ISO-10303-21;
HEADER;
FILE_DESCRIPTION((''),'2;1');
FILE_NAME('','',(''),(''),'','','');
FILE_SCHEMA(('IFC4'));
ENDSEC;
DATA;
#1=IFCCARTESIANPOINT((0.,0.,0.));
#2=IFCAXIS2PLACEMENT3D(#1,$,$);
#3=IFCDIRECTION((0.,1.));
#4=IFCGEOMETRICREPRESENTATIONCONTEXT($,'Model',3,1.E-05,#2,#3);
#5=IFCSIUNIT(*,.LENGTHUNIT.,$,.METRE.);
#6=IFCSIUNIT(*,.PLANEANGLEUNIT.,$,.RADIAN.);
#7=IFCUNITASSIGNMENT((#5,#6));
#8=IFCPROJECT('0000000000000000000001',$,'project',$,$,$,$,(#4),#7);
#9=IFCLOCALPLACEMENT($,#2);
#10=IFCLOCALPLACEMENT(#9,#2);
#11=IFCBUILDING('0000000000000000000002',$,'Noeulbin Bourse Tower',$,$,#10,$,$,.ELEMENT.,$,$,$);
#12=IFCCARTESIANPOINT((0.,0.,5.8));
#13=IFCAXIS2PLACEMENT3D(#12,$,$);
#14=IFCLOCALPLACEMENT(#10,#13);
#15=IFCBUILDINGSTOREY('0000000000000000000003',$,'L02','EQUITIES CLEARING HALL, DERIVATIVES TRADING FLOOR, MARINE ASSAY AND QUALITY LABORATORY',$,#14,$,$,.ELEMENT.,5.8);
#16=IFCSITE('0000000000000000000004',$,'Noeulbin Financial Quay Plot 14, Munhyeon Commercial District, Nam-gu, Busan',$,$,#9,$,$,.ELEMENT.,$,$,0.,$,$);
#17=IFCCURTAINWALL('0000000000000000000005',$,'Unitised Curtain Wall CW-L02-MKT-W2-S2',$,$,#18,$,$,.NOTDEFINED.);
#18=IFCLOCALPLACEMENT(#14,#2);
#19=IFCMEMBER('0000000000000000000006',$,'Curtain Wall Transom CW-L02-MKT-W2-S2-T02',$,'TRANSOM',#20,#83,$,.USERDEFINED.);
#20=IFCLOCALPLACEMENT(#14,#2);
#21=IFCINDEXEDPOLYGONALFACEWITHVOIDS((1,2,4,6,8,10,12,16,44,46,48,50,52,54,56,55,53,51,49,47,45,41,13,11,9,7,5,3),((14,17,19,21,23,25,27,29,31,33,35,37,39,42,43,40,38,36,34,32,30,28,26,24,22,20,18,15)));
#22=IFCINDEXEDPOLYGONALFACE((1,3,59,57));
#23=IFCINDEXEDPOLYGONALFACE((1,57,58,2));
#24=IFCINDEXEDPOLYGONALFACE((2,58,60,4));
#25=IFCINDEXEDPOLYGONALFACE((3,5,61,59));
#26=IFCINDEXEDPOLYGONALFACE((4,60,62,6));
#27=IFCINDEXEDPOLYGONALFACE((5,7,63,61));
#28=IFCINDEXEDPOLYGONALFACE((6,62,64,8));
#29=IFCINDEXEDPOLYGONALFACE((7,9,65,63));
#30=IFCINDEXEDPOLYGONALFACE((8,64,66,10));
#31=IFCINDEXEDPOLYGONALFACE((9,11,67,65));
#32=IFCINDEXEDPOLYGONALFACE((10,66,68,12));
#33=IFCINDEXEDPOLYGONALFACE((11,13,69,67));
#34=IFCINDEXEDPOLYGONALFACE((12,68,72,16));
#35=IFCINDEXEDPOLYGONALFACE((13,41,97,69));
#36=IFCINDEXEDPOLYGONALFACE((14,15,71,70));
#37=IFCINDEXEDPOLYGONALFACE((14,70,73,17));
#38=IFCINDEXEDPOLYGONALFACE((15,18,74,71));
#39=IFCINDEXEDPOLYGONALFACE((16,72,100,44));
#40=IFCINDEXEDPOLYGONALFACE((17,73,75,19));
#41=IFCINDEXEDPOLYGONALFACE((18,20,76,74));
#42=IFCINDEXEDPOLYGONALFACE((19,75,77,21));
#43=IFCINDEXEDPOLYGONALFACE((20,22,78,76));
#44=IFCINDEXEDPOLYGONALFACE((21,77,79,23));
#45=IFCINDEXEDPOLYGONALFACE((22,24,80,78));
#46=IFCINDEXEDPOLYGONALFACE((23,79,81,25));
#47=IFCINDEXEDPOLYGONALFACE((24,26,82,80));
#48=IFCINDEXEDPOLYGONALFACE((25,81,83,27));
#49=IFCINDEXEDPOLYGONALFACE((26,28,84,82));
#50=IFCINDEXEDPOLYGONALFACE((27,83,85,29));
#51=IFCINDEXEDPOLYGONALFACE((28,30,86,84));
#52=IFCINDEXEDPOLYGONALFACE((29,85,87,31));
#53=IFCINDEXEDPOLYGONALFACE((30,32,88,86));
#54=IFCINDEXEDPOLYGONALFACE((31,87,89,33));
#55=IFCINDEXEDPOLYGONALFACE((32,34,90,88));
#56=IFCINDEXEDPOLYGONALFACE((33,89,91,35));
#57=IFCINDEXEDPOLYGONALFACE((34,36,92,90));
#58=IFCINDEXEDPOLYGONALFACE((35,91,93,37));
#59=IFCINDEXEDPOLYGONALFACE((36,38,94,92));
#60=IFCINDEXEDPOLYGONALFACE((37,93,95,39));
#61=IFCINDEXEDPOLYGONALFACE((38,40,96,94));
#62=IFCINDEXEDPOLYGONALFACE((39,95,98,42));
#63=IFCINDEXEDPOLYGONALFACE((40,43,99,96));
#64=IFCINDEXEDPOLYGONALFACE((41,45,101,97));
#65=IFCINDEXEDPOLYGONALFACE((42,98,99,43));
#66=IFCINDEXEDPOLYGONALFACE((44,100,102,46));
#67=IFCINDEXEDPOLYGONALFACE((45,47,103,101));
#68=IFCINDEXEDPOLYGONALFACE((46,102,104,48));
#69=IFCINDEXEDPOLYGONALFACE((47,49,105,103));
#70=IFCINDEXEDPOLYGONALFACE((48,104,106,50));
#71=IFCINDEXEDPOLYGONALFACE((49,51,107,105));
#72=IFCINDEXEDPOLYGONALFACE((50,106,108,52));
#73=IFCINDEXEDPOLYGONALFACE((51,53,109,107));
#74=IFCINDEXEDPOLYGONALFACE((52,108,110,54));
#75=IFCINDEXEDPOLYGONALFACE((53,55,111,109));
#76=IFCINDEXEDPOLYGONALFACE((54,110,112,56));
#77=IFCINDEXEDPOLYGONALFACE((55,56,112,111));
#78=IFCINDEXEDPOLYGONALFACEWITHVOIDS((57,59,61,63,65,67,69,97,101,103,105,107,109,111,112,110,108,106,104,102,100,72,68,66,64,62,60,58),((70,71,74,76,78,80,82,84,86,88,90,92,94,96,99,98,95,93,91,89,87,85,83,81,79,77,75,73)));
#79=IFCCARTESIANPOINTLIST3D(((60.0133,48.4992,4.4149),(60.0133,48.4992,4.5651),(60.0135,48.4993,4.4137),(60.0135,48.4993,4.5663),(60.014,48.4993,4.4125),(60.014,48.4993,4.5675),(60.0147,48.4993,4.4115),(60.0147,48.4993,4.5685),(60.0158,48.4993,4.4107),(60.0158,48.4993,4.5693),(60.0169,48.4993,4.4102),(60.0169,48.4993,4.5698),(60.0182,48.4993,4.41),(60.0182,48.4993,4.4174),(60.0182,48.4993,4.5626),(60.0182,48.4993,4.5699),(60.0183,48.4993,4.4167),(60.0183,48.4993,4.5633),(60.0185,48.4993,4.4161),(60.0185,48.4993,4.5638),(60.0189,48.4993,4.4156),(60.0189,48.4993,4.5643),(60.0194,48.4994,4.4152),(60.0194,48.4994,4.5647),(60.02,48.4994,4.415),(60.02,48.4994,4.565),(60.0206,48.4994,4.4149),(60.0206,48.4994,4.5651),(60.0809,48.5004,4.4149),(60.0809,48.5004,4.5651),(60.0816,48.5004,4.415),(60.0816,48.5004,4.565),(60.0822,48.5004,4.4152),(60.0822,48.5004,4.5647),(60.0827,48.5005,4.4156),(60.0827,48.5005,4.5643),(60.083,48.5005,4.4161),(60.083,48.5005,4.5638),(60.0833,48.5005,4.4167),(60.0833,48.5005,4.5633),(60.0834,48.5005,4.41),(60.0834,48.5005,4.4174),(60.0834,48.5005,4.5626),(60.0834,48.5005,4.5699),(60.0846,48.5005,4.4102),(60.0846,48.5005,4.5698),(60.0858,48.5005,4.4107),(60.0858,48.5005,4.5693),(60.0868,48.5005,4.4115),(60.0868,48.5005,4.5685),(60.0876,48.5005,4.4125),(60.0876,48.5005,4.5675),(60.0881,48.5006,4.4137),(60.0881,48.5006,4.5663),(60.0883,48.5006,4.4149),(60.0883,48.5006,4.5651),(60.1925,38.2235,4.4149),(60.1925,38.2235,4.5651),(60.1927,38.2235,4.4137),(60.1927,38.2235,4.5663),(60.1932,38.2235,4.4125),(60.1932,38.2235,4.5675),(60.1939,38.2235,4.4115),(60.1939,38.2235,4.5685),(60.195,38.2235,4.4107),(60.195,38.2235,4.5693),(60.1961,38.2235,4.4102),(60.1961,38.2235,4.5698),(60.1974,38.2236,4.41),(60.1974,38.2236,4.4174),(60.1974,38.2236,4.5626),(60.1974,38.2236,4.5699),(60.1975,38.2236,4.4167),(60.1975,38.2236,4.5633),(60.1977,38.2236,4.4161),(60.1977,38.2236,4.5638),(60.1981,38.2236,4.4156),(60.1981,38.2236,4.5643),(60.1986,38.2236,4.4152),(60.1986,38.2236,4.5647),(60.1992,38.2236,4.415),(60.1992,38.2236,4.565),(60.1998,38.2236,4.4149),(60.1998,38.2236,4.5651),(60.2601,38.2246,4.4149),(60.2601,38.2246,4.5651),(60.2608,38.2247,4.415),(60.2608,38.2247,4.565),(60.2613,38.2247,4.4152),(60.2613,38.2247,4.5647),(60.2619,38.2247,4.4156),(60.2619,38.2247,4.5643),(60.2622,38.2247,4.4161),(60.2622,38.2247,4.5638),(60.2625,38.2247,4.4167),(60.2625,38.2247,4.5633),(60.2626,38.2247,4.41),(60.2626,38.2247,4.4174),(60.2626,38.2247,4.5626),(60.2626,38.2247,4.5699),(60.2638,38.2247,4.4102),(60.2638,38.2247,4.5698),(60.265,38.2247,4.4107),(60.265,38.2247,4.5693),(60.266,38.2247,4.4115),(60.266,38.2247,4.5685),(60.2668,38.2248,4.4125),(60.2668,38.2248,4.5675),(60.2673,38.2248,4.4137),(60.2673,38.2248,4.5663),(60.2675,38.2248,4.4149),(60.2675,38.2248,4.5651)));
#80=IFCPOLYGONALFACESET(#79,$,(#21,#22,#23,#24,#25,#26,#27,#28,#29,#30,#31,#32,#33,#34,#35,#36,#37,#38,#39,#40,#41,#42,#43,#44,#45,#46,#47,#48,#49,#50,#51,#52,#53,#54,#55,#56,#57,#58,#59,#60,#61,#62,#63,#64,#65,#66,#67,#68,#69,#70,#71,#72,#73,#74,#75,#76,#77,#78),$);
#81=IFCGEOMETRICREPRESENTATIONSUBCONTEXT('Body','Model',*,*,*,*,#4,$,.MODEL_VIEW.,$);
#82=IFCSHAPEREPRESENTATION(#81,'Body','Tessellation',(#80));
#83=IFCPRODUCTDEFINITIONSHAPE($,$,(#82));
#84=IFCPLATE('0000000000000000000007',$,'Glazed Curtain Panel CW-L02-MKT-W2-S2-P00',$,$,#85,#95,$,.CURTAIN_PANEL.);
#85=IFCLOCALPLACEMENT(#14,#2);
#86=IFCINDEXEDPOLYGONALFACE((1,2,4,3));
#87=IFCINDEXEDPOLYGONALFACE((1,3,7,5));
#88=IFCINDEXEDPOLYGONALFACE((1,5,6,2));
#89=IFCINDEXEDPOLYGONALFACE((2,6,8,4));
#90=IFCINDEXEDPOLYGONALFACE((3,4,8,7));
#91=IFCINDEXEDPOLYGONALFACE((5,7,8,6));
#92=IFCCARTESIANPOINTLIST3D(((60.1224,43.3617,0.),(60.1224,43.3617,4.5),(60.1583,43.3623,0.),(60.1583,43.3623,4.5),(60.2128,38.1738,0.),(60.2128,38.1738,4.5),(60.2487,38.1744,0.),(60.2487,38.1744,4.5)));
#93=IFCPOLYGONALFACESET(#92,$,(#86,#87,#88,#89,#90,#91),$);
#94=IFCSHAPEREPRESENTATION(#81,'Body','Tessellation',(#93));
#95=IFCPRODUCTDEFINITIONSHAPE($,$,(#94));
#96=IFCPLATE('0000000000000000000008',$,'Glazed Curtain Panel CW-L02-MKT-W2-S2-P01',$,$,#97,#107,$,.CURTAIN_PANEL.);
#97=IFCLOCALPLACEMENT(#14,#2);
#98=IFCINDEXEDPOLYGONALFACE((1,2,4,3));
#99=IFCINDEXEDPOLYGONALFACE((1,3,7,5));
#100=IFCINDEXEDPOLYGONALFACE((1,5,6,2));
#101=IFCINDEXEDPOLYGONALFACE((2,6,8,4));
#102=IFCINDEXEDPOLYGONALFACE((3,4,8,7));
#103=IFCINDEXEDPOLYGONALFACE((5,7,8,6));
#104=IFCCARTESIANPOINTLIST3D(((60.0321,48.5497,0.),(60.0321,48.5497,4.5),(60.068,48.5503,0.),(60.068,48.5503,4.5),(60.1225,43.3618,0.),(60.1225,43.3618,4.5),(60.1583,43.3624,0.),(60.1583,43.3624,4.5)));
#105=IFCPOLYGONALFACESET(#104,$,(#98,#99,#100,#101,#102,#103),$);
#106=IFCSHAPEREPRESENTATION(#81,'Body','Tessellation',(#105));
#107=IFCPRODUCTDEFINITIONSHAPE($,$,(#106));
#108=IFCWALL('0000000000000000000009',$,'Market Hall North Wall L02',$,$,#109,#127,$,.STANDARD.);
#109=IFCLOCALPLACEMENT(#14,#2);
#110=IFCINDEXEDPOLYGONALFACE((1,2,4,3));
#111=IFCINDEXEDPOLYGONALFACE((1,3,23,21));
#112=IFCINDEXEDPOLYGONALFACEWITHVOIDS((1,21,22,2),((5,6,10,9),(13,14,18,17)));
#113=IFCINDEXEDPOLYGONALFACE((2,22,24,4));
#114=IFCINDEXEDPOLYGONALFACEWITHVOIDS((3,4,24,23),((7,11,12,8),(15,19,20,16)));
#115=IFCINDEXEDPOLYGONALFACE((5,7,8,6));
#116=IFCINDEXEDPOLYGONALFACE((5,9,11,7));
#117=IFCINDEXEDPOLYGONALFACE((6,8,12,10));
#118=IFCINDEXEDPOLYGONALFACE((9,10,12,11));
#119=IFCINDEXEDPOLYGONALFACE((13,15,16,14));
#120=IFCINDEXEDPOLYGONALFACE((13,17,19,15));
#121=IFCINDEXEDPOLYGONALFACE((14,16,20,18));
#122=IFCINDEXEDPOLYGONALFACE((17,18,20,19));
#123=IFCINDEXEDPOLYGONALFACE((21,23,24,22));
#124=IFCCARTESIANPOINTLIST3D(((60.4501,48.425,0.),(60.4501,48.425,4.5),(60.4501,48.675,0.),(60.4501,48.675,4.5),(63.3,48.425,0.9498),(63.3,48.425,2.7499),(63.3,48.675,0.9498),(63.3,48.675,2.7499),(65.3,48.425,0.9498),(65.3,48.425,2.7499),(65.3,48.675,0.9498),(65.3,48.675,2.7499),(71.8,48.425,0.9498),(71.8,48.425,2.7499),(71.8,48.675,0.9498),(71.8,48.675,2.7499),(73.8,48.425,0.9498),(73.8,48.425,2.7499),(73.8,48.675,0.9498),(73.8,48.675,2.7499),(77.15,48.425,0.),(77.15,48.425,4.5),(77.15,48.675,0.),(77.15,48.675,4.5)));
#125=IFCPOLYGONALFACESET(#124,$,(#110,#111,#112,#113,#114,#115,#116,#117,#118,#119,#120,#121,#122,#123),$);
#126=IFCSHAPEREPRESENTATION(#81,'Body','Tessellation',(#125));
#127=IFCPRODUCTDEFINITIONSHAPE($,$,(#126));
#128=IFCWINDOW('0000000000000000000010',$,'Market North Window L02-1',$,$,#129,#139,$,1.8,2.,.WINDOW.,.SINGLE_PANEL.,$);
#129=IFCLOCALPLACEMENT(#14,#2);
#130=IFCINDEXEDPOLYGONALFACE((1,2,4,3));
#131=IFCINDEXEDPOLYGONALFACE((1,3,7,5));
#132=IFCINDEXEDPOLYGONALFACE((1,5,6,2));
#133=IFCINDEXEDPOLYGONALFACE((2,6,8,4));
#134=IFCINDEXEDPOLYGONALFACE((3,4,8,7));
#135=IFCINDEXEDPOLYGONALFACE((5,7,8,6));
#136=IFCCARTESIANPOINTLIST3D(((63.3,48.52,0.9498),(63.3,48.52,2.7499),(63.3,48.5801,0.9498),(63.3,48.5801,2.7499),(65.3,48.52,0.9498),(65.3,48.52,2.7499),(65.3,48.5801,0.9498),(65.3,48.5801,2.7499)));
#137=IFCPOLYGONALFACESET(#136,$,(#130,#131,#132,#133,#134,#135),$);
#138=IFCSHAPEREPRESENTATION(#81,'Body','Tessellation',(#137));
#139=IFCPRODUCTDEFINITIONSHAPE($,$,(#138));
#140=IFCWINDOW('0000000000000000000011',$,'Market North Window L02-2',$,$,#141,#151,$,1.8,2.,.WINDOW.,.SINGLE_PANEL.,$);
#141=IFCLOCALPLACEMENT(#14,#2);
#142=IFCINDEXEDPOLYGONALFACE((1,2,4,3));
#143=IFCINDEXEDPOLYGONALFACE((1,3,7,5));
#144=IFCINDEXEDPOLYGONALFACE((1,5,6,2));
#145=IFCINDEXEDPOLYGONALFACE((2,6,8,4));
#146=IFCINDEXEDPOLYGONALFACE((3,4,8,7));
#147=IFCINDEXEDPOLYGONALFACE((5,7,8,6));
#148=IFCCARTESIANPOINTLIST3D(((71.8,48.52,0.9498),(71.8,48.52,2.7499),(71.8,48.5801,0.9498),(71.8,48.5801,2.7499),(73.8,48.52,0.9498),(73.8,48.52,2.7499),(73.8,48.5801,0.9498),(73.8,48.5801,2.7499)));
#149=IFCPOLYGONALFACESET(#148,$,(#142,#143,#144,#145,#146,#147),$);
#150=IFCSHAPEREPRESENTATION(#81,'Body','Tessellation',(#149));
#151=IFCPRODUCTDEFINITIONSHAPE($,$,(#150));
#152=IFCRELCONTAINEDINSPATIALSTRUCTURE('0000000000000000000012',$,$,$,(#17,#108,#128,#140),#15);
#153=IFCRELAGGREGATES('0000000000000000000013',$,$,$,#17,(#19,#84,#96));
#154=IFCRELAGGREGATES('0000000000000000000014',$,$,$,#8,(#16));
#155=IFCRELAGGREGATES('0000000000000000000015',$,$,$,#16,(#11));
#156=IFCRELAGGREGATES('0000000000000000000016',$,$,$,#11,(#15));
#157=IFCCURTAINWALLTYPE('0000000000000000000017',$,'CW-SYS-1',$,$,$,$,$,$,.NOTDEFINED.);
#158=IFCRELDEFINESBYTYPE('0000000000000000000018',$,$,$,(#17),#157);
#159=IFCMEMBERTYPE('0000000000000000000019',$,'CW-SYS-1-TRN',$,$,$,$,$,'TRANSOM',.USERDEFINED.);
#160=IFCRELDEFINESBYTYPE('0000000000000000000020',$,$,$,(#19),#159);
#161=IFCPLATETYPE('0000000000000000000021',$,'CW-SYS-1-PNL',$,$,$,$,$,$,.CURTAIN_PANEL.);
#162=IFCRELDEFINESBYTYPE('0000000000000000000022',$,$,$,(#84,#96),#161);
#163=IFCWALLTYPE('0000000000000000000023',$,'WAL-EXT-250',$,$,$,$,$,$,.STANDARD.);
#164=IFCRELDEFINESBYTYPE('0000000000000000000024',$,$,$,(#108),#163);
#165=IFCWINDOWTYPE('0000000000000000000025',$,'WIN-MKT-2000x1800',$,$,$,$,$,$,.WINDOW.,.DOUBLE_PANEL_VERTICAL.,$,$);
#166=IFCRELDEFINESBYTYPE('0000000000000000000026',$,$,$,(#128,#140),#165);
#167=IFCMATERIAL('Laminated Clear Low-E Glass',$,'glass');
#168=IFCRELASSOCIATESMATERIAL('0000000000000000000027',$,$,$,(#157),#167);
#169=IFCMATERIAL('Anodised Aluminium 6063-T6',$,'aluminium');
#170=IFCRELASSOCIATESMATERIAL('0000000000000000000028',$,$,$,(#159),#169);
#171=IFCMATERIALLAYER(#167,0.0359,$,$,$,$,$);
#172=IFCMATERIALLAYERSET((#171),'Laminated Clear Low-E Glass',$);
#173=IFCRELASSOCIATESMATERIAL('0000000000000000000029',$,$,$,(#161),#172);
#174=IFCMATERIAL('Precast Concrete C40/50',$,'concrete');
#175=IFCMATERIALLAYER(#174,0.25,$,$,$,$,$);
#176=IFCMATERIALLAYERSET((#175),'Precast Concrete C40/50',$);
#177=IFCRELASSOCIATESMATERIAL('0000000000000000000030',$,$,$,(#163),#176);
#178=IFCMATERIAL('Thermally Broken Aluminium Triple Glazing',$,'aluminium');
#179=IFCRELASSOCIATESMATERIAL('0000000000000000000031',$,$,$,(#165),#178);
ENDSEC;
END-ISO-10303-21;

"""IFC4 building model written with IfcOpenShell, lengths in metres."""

from ifc_helpers import new_model, si_unit, direction, frame, frame_2d, origin, origin_2d, place, context, subcontext, project, spatial, rectangle, hollow_rectangle, extrude, material, layer, layer_set, material_profile, profile_set, type_object, element, fill, aggregate, save


model = new_model("IFC4")

# Units and contexts
model_context = context("Model", 3, precision=1e-05, world=origin(), true_north=direction((0.0, 1.0)))
body_context = subcontext(model_context, "Body", "Model", "MODEL_VIEW")
ifc_project = project(units=[si_unit("LENGTHUNIT", "METRE"), si_unit("PLANEANGLEUNIT", "RADIAN")], contexts=[model_context])

# Site, building, storey
site_placement = place(None, origin())
site = spatial("IfcSite", under=ifc_project, at=site_placement, Name="Noeulbin Financial Quay Plot 14, Munhyeon Commercial District, Nam-gu, Busan", CompositionType="ELEMENT", RefElevation=0.0)
building_placement = place(site_placement, origin())
building = spatial("IfcBuilding", under=site, at=building_placement, Name="Noeulbin Bourse Tower", CompositionType="ELEMENT")
storey_placement = place(building_placement, frame((0.0, 0.0, 5.8)))
storey = spatial("IfcBuildingStorey", under=building, at=storey_placement, Name="L02", Description="EQUITIES CLEARING HALL, DERIVATIVES TRADING FLOOR, MARINE ASSAY AND QUALITY LABORATORY", CompositionType="ELEMENT", Elevation=5.8)

# Shared definitions
ifc_material_1 = material(Name="Laminated Clear Low-E Glass", Category="glass")
curtain_wall_type = type_object("IfcCurtainWallType", Name="CW-SYS-1", PredefinedType="NOTDEFINED", material=ifc_material_1)
ifc_material_2 = material(Name="Anodised Aluminium 6063-T6", Category="aluminium")

# Curtain wall, member, plates
curtain_wall_1_placement = place(storey_placement, origin())
curtain_wall_1 = element("IfcCurtainWall", 1, at=curtain_wall_1_placement, inside=storey, type_object=curtain_wall_type, Name="Unitised Curtain Wall CW-L02-MKT-W2-S2", PredefinedType="NOTDEFINED")
ifc_material_profile_1 = material_profile(ifc_material_2, hollow_rectangle(XDim=0.075, YDim=0.1599, WallThickness=0.0049, InnerFilletRadius=0.0024, OuterFilletRadius=0.0049, at=origin_2d()), Name="ALU-TRAN-75x160x5", Category="LoadBearing")
ifc_profile_set_1 = profile_set([ifc_material_profile_1], Name="Anodised Aluminium 6063-T6")
member_type_1 = type_object("IfcMemberType", Name="CW-SYS-1-TRN", ElementType="TRANSOM", PredefinedType="USERDEFINED", material=ifc_profile_set_1)
member_1_placement = place(storey_placement, frame((60.23, 38.2241, 4.49), z_axis=(-0.017436, 0.999848, 0.0), x_axis=(-0.999848, -0.017436, 0.0)))
member_1 = element("IfcMember", 2, at=member_1_placement, type_object=member_type_1, Name="Curtain Wall Transom CW-L02-MKT-W2-S2-T02", ObjectType="TRANSOM", PredefinedType="USERDEFINED", context=body_context, shape_type="SweptSolid", body=[
    extrude(hollow_rectangle(XDim=0.075, YDim=0.1599, WallThickness=0.0049, InnerFilletRadius=0.0024, OuterFilletRadius=0.0049, at=origin_2d()), origin(), (0.0, 0.0, 1.0), 10.2773),
])
ifc_layer_1 = layer(ifc_material_1, 0.0359)
ifc_layer_set_1 = layer_set([ifc_layer_1], Name="Laminated Clear Low-E Glass")
plate_type = type_object("IfcPlateType", Name="CW-SYS-1-PNL", PredefinedType="CURTAIN_PANEL", material=ifc_layer_set_1)
plate_1_placement = place(storey_placement, frame((60.1855, 40.7681, 0.0), z_axis=(0.0, 0.0, 1.0), x_axis=(-0.017418, 0.999848, 0.0)))
plate_1 = element("IfcPlate", 3, at=plate_1_placement, type_object=plate_type, Name="Glazed Curtain Panel CW-L02-MKT-W2-S2-P00", PredefinedType="CURTAIN_PANEL", context=body_context, shape_type="SweptSolid", body=[
    extrude(rectangle(XDim=5.1887, YDim=0.0359, at=origin_2d()), origin(), (0.0, 0.0, 1.0), 4.5),
])
plate_2_placement = place(storey_placement, frame((60.0952, 45.9561, 0.0), z_axis=(0.0, 0.0, 1.0), x_axis=(-0.017418, 0.999848, 0.0)))
plate_2 = element("IfcPlate", 4, at=plate_2_placement, type_object=plate_type, Name="Glazed Curtain Panel CW-L02-MKT-W2-S2-P01", PredefinedType="CURTAIN_PANEL", context=body_context, shape_type="SweptSolid", body=[
    extrude(rectangle(XDim=5.1887, YDim=0.0359, at=origin_2d()), origin(), (0.0, 0.0, 1.0), 4.5),
])
aggregate(curtain_wall_1, [member_1, plate_1, plate_2])

# Wall, openings, windows
ifc_material_3 = material(Name="Precast Concrete C40/50", Category="concrete")
ifc_layer_2 = layer(ifc_material_3, 0.25)
ifc_layer_set_2 = layer_set([ifc_layer_2], Name="Precast Concrete C40/50")
wall_type = type_object("IfcWallType", Name="WAL-EXT-250", PredefinedType="STANDARD", material=ifc_layer_set_2)
wall_placement = place(storey_placement, frame((60.45, 48.55, 0.0), z_axis=(0.0, 0.0, 1.0), x_axis=(1.0, 0.0, 0.0)))
wall = element("IfcWall", 5, at=wall_placement, inside=storey, type_object=wall_type, Name="Market Hall North Wall L02", PredefinedType="STANDARD", context=body_context, shape_type="SweptSolid", body=[
    extrude(rectangle(XDim=16.7, YDim=0.25, at=frame_2d((8.3501, 0.0))), origin(), (0.0, 0.0, 1.0), 4.5),
])
opening_1_placement = place(wall_placement, frame((2.8501, 0.0, 0.95)))
opening_1 = element("IfcOpeningElement", 6, at=opening_1_placement, cuts=wall, PredefinedType="OPENING", context=body_context, shape_type="SweptSolid", body=[
    extrude(rectangle(XDim=2.0, YDim=1.8, at=frame_2d((1.0, 0.8999))), frame((0.0, 0.135, 0.0), z_axis=(0.0, -1.0, 0.0), x_axis=(1.0, 0.0, 0.0)), (0.0, 0.0, 1.0), 0.27),
])
opening_2_placement = place(wall_placement, frame((11.3501, 0.0, 0.95)))
opening_2 = element("IfcOpeningElement", 7, at=opening_2_placement, cuts=wall, PredefinedType="OPENING", context=body_context, shape_type="SweptSolid", body=[
    extrude(rectangle(XDim=2.0, YDim=1.8, at=frame_2d((1.0, 0.8999))), frame((0.0, 0.135, 0.0), z_axis=(0.0, -1.0, 0.0), x_axis=(1.0, 0.0, 0.0)), (0.0, 0.0, 1.0), 0.27),
])
ifc_material_4 = material(Name="Thermally Broken Aluminium Triple Glazing", Category="aluminium")
window_type = type_object("IfcWindowType", Name="WIN-MKT-2000x1800", PartitioningType="DOUBLE_PANEL_VERTICAL", PredefinedType="WINDOW", material=ifc_material_4)
window_1_placement = place(opening_1_placement, origin())
window_1 = element("IfcWindow", 8, at=window_1_placement, inside=storey, type_object=window_type, Name="Market North Window L02-1", OverallHeight=1.8, OverallWidth=2.0, PartitioningType="SINGLE_PANEL", PredefinedType="WINDOW", context=body_context, shape_type="SweptSolid", body=[
    extrude(rectangle(XDim=2.0, YDim=1.8, at=frame_2d((1.0, 0.8999))), frame((0.0, 0.03, 0.0), z_axis=(0.0, -1.0, 0.0), x_axis=(1.0, 0.0, 0.0)), (0.0, 0.0, 1.0), 0.0601),
])
fill(opening_1, window_1)
window_2_placement = place(opening_2_placement, origin())
window_2 = element("IfcWindow", 9, at=window_2_placement, inside=storey, type_object=window_type, Name="Market North Window L02-2", OverallHeight=1.8, OverallWidth=2.0, PartitioningType="SINGLE_PANEL", PredefinedType="WINDOW", context=body_context, shape_type="SweptSolid", body=[
    extrude(rectangle(XDim=2.0, YDim=1.8, at=frame_2d((1.0, 0.8999))), frame((0.0, 0.03, 0.0), z_axis=(0.0, -1.0, 0.0), x_axis=(1.0, 0.0, 0.0)), (0.0, 0.0, 1.0), 0.0601),
])
fill(opening_2, window_2)

save(model, "model.ifc")
